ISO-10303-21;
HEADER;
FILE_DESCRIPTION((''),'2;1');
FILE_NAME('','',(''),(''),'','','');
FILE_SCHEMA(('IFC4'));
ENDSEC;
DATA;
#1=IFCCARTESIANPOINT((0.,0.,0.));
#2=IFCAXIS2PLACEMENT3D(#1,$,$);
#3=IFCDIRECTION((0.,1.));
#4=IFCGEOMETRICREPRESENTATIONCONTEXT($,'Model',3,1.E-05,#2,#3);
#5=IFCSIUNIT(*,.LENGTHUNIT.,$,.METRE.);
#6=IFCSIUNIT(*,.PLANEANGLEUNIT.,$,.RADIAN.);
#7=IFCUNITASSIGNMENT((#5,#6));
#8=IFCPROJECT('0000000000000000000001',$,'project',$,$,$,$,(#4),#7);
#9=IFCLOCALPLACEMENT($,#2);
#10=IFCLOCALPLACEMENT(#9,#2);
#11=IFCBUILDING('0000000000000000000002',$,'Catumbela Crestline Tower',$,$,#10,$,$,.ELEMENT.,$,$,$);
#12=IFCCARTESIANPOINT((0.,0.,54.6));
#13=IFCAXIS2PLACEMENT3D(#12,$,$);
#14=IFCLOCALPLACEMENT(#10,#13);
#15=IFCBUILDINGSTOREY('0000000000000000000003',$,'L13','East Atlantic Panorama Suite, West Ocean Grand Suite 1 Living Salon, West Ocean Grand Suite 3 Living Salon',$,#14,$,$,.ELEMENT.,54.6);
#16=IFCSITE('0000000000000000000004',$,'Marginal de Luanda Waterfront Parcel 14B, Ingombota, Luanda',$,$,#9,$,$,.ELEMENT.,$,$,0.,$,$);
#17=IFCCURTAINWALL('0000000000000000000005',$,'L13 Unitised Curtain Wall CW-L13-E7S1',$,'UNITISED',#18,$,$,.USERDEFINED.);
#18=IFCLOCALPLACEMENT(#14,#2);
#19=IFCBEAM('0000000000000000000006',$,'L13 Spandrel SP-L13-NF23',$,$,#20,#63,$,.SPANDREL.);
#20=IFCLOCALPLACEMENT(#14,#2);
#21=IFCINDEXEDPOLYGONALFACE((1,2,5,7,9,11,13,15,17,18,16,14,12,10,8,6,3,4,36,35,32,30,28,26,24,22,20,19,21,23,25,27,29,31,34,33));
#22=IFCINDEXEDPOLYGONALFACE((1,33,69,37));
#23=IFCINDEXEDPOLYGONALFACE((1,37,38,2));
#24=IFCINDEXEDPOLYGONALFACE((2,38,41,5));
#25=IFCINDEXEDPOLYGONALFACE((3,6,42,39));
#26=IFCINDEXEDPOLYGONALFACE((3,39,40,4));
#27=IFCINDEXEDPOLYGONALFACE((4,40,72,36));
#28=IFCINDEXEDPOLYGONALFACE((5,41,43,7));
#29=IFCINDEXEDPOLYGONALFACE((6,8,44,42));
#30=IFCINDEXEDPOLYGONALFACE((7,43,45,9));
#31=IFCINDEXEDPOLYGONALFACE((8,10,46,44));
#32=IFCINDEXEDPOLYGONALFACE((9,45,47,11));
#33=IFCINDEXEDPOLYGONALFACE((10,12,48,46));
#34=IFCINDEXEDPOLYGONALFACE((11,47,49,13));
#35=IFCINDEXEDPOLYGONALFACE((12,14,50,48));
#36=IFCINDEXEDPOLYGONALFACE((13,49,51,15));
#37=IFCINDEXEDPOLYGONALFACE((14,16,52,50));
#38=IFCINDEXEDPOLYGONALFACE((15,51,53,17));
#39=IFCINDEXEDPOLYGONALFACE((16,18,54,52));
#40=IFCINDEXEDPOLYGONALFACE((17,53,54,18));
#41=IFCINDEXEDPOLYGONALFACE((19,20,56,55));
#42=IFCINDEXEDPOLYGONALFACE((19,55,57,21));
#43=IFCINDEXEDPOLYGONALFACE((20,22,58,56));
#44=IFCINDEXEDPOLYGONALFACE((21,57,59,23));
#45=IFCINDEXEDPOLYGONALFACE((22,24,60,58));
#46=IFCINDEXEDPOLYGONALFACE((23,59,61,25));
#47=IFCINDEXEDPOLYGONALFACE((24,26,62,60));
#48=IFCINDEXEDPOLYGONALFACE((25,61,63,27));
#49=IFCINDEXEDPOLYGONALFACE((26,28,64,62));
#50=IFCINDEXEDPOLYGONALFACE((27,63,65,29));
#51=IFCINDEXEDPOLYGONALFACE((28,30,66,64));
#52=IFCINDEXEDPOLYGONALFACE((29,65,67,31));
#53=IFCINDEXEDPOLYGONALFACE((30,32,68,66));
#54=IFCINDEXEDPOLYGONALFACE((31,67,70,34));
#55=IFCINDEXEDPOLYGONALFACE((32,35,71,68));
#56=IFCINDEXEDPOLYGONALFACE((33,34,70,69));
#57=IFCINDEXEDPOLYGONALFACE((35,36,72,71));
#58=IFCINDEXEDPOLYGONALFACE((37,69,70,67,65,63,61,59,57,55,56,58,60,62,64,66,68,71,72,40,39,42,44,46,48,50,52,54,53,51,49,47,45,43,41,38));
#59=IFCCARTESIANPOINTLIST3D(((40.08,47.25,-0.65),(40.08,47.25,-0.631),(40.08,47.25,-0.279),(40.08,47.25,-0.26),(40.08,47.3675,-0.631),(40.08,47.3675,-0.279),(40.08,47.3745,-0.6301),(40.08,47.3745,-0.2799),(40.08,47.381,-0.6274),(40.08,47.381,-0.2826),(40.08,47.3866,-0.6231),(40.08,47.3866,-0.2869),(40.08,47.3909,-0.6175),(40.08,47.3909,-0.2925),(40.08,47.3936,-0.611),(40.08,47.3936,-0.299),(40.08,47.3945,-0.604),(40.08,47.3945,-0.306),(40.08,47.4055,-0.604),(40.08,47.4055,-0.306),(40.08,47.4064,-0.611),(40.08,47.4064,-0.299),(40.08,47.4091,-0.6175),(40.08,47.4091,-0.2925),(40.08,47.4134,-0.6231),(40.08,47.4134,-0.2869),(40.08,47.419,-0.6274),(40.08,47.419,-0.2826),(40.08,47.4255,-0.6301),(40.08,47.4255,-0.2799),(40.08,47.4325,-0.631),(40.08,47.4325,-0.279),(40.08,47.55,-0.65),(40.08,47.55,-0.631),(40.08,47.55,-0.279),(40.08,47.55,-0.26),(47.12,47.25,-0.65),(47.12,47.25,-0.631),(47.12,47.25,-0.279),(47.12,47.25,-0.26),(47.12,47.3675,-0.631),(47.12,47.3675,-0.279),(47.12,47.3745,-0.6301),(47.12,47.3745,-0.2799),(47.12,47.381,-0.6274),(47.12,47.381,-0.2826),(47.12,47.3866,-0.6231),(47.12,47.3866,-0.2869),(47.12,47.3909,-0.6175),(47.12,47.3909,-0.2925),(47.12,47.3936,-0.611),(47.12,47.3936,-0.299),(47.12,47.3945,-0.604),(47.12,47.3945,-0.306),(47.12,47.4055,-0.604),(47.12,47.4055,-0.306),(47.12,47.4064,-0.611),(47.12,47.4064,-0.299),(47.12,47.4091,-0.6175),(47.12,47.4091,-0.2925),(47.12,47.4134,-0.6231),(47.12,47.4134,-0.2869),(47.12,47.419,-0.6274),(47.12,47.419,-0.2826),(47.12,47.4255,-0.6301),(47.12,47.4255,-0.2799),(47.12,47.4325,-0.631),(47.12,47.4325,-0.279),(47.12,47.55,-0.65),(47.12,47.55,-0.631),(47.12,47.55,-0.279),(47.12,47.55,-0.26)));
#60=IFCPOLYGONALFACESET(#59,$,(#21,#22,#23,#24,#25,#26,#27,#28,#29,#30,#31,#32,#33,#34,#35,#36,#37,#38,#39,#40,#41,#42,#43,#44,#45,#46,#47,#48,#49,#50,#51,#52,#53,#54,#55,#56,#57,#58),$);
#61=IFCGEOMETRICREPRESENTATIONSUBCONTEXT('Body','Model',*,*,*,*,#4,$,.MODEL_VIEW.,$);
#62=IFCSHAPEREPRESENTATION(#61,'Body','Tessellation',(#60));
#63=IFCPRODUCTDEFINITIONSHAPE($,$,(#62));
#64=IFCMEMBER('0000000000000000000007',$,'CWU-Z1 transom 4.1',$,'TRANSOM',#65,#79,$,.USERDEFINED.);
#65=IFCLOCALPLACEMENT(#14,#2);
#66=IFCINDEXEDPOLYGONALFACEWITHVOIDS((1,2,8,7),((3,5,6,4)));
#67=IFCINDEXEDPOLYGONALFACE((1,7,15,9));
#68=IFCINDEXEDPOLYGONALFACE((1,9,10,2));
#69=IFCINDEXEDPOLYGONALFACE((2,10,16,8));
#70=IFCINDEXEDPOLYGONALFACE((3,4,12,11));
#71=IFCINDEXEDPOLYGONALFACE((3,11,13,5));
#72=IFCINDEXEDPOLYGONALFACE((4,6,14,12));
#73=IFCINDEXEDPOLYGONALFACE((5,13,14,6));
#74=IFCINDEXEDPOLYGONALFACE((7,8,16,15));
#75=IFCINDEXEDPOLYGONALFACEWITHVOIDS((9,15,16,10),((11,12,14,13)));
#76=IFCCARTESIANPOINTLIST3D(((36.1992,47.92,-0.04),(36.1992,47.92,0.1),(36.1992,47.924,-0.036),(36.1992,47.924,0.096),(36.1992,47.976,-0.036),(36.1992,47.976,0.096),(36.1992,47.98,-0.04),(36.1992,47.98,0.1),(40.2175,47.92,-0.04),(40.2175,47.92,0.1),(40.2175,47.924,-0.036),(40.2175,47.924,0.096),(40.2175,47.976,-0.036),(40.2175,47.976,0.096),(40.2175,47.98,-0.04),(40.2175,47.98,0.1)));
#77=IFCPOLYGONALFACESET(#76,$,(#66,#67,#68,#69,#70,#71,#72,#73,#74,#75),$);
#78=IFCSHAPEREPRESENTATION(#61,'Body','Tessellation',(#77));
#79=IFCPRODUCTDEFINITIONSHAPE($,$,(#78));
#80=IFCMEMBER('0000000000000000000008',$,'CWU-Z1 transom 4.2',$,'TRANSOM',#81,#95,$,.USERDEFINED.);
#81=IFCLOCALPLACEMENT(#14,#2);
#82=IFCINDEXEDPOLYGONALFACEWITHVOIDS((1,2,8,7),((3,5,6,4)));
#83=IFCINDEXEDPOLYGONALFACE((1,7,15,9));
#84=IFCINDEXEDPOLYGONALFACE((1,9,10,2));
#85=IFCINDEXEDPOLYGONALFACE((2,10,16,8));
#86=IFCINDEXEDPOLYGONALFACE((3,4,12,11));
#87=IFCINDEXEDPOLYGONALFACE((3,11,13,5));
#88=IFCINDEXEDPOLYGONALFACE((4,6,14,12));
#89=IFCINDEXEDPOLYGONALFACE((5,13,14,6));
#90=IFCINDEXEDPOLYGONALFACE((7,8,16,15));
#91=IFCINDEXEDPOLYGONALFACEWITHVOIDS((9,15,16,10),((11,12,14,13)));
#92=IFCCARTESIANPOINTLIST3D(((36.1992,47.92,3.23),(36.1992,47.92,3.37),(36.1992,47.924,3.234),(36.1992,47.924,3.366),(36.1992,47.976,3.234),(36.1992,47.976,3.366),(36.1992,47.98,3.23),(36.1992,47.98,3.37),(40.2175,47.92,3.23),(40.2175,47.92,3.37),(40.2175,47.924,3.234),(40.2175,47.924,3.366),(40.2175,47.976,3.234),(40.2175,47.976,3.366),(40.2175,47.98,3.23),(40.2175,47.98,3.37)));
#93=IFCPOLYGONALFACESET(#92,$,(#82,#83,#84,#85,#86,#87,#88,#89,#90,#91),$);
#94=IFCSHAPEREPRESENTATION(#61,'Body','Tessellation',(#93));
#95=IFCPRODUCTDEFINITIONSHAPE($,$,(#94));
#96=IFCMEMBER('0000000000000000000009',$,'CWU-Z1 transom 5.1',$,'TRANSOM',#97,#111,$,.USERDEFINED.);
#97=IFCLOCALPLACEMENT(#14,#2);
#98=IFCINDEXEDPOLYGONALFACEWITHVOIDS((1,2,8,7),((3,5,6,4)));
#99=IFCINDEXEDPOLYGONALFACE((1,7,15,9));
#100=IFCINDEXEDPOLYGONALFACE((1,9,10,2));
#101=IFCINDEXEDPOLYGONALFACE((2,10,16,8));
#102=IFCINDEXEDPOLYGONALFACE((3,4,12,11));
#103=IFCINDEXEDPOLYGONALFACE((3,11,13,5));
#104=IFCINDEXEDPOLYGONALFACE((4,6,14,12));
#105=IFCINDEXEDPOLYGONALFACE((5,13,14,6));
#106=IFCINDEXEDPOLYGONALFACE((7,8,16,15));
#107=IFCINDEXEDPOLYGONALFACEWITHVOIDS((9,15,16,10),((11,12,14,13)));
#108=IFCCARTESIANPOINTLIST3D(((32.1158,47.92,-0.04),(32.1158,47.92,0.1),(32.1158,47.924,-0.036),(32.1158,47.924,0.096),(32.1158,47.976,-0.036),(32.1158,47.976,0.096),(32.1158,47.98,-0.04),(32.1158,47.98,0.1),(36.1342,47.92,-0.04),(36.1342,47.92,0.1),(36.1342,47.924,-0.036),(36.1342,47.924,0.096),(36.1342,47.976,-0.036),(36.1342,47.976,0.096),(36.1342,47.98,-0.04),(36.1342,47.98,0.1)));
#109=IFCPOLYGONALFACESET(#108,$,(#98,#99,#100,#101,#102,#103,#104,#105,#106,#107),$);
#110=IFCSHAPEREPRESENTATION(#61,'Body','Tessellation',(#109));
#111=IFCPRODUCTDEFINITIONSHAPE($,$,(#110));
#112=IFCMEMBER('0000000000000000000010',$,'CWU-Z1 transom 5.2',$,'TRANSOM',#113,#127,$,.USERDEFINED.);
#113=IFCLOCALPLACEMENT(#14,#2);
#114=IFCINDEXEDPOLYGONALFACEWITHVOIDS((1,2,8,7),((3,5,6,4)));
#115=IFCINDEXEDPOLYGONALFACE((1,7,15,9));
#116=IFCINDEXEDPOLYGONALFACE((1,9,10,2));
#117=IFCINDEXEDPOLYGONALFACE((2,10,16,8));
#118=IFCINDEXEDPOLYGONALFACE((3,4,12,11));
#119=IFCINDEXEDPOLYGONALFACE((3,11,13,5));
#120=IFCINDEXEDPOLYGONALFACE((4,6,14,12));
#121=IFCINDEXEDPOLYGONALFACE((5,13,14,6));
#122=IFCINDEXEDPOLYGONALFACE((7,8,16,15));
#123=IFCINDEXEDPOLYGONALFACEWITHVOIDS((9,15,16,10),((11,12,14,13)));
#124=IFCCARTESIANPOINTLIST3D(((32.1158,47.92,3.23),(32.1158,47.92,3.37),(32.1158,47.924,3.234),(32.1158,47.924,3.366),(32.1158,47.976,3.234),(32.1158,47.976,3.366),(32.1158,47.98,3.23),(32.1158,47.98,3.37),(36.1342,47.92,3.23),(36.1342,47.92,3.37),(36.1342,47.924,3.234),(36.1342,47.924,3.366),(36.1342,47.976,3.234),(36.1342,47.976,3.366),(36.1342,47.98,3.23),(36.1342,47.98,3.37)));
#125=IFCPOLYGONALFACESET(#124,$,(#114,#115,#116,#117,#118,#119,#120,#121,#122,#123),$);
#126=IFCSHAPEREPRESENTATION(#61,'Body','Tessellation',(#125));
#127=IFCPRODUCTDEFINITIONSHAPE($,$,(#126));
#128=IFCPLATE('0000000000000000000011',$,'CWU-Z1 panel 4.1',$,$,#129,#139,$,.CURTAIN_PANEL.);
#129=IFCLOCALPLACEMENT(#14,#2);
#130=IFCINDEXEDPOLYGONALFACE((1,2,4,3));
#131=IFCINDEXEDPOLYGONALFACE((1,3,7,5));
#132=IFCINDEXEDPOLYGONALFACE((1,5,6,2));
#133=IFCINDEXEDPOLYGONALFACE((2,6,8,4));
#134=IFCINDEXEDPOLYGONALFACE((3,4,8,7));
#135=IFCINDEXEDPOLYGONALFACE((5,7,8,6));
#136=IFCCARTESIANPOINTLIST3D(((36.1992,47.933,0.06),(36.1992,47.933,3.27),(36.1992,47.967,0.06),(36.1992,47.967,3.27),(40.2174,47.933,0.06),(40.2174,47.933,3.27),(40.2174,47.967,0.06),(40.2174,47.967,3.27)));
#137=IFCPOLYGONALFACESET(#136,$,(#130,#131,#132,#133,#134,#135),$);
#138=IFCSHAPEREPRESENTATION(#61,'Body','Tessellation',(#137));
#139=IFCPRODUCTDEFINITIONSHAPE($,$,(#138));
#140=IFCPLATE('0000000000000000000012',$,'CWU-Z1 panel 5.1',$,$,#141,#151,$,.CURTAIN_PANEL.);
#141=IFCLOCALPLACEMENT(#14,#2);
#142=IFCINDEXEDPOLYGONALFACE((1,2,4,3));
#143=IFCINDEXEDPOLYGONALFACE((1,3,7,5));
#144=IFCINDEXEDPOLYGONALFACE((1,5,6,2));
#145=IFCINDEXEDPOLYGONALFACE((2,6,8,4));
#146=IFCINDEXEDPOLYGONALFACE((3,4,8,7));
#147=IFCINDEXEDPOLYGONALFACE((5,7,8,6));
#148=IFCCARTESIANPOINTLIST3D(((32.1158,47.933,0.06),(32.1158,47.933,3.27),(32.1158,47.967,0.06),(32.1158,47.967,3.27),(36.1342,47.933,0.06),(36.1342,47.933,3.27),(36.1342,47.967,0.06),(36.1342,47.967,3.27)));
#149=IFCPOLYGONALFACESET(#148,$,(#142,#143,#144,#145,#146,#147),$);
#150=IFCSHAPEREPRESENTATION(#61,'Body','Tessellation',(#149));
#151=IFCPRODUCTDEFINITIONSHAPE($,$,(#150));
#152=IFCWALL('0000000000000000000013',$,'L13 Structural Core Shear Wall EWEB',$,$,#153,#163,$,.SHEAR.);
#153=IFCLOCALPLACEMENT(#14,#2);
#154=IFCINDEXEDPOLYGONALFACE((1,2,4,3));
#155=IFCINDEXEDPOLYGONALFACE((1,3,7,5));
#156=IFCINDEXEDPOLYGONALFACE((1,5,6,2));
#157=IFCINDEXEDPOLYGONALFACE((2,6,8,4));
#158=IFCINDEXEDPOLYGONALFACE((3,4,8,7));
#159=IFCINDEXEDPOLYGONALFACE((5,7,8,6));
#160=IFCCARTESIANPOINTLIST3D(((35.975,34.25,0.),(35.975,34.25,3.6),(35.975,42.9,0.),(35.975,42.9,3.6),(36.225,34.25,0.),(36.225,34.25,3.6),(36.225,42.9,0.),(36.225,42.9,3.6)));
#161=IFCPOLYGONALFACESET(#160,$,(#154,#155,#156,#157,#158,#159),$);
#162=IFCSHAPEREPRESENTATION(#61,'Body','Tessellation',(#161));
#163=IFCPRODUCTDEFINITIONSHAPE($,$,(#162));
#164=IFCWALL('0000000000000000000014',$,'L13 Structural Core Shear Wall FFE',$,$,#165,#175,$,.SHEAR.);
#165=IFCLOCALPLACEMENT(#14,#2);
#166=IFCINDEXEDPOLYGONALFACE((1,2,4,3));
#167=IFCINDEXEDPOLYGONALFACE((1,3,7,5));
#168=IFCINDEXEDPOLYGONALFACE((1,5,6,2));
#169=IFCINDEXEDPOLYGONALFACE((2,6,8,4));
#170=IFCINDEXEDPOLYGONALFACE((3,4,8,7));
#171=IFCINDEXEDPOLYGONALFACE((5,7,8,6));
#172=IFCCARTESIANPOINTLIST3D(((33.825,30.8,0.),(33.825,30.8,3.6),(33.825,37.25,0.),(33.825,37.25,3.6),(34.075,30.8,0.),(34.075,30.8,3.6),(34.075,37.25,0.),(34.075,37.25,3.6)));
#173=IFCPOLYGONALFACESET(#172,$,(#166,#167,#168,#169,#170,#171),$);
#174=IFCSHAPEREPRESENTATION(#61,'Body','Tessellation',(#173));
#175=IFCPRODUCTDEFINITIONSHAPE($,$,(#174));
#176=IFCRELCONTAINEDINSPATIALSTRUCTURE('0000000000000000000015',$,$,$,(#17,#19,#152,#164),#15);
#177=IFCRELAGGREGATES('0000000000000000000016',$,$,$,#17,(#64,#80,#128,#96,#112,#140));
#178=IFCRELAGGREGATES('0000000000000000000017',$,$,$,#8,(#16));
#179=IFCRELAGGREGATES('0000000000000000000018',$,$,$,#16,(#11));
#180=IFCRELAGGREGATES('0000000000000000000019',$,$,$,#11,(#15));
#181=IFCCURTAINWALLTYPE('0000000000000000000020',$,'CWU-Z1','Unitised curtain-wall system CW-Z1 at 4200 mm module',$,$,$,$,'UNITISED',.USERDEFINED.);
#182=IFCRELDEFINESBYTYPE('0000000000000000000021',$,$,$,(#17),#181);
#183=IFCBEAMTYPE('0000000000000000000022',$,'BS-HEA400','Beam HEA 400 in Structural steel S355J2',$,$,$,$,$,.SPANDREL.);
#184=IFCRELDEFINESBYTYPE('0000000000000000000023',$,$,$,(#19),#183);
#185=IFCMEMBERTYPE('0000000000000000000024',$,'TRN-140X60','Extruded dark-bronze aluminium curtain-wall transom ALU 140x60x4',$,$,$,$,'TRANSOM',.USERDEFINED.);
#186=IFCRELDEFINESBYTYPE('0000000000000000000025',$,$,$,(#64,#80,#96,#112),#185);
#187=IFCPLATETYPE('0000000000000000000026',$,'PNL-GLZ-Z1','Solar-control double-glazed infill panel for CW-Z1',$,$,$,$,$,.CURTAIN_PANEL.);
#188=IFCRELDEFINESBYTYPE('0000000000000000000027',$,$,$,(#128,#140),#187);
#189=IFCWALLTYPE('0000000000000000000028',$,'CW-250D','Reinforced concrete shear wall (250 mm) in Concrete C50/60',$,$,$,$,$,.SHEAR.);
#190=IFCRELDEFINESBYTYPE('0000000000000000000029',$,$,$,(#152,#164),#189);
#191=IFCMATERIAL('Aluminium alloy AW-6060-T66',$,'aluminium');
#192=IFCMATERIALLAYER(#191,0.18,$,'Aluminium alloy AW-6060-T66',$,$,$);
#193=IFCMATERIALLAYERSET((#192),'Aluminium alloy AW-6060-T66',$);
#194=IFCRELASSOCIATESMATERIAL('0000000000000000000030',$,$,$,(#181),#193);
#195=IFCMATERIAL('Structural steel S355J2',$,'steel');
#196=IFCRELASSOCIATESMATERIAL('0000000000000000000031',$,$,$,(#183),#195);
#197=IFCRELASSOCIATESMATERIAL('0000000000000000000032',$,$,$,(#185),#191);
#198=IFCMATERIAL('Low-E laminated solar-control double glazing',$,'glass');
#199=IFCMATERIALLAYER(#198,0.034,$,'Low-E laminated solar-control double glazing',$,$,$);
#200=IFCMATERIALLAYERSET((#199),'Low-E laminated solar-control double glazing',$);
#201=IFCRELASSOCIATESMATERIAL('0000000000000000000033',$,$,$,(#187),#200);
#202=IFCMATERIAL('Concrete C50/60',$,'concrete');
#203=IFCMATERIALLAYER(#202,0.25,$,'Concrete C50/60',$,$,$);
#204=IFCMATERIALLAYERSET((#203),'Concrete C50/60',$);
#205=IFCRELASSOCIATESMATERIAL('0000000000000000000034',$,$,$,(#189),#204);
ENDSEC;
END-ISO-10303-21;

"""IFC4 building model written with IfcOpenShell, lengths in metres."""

from ifc_helpers import new_model, si_unit, direction, frame, frame_2d, origin, origin_2d, place, context, subcontext, project, spatial, rectangle, hollow_rectangle, i_section, extrude, material, layer, layer_set, material_profile, profile_set, type_object, element, aggregate, save


model = new_model("IFC4")

# Units and contexts
model_context = context("Model", 3, precision=1e-05, world=origin(), true_north=direction((0.0, 1.0)))
body_context = subcontext(model_context, "Body", "Model", "MODEL_VIEW")
ifc_project = project(units=[si_unit("LENGTHUNIT", "METRE"), si_unit("PLANEANGLEUNIT", "RADIAN")], contexts=[model_context])

# Site, building, storey
site_placement = place(None, origin())
site = spatial("IfcSite", under=ifc_project, at=site_placement, Name="Marginal de Luanda Waterfront Parcel 14B, Ingombota, Luanda", CompositionType="ELEMENT", RefElevation=0.0)
building_placement = place(site_placement, origin())
building = spatial("IfcBuilding", under=site, at=building_placement, Name="Catumbela Crestline Tower", CompositionType="ELEMENT")
storey_placement = place(building_placement, frame((0.0, 0.0, 54.6)))
storey = spatial("IfcBuildingStorey", under=building, at=storey_placement, Name="L13", Description="East Atlantic Panorama Suite, West Ocean Grand Suite 1 Living Salon, West Ocean Grand Suite 3 Living Salon", CompositionType="ELEMENT", Elevation=54.6)

# Shared definitions
ifc_material_1 = material(Name="Structural steel S355J2", Category="steel")

# Curtain wall
ifc_material_2 = material(Name="Aluminium alloy AW-6060-T66", Category="aluminium")
ifc_layer_1 = layer(ifc_material_2, 0.18, Name="Aluminium alloy AW-6060-T66")
ifc_layer_set_1 = layer_set([ifc_layer_1], Name="Aluminium alloy AW-6060-T66")
curtain_wall_type = type_object("IfcCurtainWallType", Name="CWU-Z1", Description="Unitised curtain-wall system CW-Z1 at 4200 mm module", ElementType="UNITISED", PredefinedType="USERDEFINED", material=ifc_layer_set_1)
curtain_wall_placement = place(storey_placement, origin())
curtain_wall = element("IfcCurtainWall", 1, at=curtain_wall_placement, inside=storey, type_object=curtain_wall_type, Name="L13 Unitised Curtain Wall CW-L13-E7S1", ObjectType="UNITISED", PredefinedType="USERDEFINED")

# Beam
ifc_material_profile_1 = material_profile(ifc_material_1, i_section(OverallWidth=0.3, OverallDepth=0.39, WebThickness=0.011, FlangeThickness=0.019, FilletRadius=0.027, at=origin_2d()), Name="HEA 400")
ifc_profile_set_1 = profile_set([ifc_material_profile_1], Name="Structural steel S355J2")
beam_type_1 = type_object("IfcBeamType", Name="BS-HEA400", Description="Beam HEA 400 in Structural steel S355J2", PredefinedType="SPANDREL", material=ifc_profile_set_1)
beam_1_placement = place(storey_placement, frame((40.08, 47.4, -0.455), z_axis=(1.0, 0.0, 0.0), x_axis=(0.0, 1.0, 0.0)))
element("IfcBeam", 2, at=beam_1_placement, inside=storey, type_object=beam_type_1, Name="L13 Spandrel SP-L13-NF23", PredefinedType="SPANDREL", context=body_context, shape_type="SweptSolid", body=[
    extrude(i_section(OverallWidth=0.3, OverallDepth=0.39, WebThickness=0.011, FlangeThickness=0.019, FilletRadius=0.027, at=origin_2d()), origin(), (0.0, 0.0, 1.0), 7.04),
])

# Members
ifc_material_profile_2 = material_profile(ifc_material_2, hollow_rectangle(XDim=0.06, YDim=0.14, WallThickness=0.004, at=origin_2d()), Name="ALU 140x60x4")
ifc_profile_set_2 = profile_set([ifc_material_profile_2], Name="Aluminium alloy AW-6060-T66")
member_type_1 = type_object("IfcMemberType", Name="TRN-140X60", Description="Extruded dark-bronze aluminium curtain-wall transom ALU 140x60x4", ElementType="TRANSOM", PredefinedType="USERDEFINED", material=ifc_profile_set_2)
member_1_placement = place(storey_placement, frame((40.2175, 47.95, 0.03), z_axis=(-1.0, 0.0, 0.0), x_axis=(0.0, -1.0, 0.0)))
member_1 = element("IfcMember", 3, at=member_1_placement, type_object=member_type_1, Name="CWU-Z1 transom 4.1", ObjectType="TRANSOM", PredefinedType="USERDEFINED", context=body_context, shape_type="SweptSolid", body=[
    extrude(hollow_rectangle(XDim=0.06, YDim=0.14, WallThickness=0.004, at=origin_2d()), origin(), (0.0, 0.0, 1.0), 4.0183),
])
member_2_placement = place(storey_placement, frame((40.2175, 47.95, 3.3), z_axis=(-1.0, 0.0, 0.0), x_axis=(0.0, -1.0, 0.0)))
member_2 = element("IfcMember", 4, at=member_2_placement, type_object=member_type_1, Name="CWU-Z1 transom 4.2", ObjectType="TRANSOM", PredefinedType="USERDEFINED", context=body_context, shape_type="SweptSolid", body=[
    extrude(hollow_rectangle(XDim=0.06, YDim=0.14, WallThickness=0.004, at=origin_2d()), origin(), (0.0, 0.0, 1.0), 4.0183),
])
member_3_placement = place(storey_placement, frame((36.1342, 47.95, 0.03), z_axis=(-1.0, 0.0, 0.0), x_axis=(0.0, -1.0, 0.0)))
member_3 = element("IfcMember", 5, at=member_3_placement, type_object=member_type_1, Name="CWU-Z1 transom 5.1", ObjectType="TRANSOM", PredefinedType="USERDEFINED", context=body_context, shape_type="SweptSolid", body=[
    extrude(hollow_rectangle(XDim=0.06, YDim=0.14, WallThickness=0.004, at=origin_2d()), origin(), (0.0, 0.0, 1.0), 4.0184),
])
member_4_placement = place(storey_placement, frame((36.1342, 47.95, 3.3), z_axis=(-1.0, 0.0, 0.0), x_axis=(0.0, -1.0, 0.0)))
member_4 = element("IfcMember", 6, at=member_4_placement, type_object=member_type_1, Name="CWU-Z1 transom 5.2", ObjectType="TRANSOM", PredefinedType="USERDEFINED", context=body_context, shape_type="SweptSolid", body=[
    extrude(hollow_rectangle(XDim=0.06, YDim=0.14, WallThickness=0.004, at=origin_2d()), origin(), (0.0, 0.0, 1.0), 4.0184),
])

# Plates
ifc_material_3 = material(Name="Low-E laminated solar-control double glazing", Category="glass")
ifc_layer_2 = layer(ifc_material_3, 0.034, Name="Low-E laminated solar-control double glazing")
ifc_layer_set_2 = layer_set([ifc_layer_2], Name="Low-E laminated solar-control double glazing")
plate_type = type_object("IfcPlateType", Name="PNL-GLZ-Z1", Description="Solar-control double-glazed infill panel for CW-Z1", PredefinedType="CURTAIN_PANEL", material=ifc_layer_set_2)
plate_1_placement = place(storey_placement, frame((38.2083, 47.95, 0.06), z_axis=(0.0, 0.0, 1.0), x_axis=(-1.0, 0.0, 0.0)))
plate_1 = element("IfcPlate", 7, at=plate_1_placement, type_object=plate_type, Name="CWU-Z1 panel 4.1", PredefinedType="CURTAIN_PANEL", context=body_context, shape_type="SweptSolid", body=[
    extrude(rectangle(XDim=4.0183, YDim=0.034, at=origin_2d()), origin(), (0.0, 0.0, 1.0), 3.21),
])
plate_2_placement = place(storey_placement, frame((34.125, 47.95, 0.06), z_axis=(0.0, 0.0, 1.0), x_axis=(-1.0, 0.0, 0.0)))
plate_2 = element("IfcPlate", 8, at=plate_2_placement, type_object=plate_type, Name="CWU-Z1 panel 5.1", PredefinedType="CURTAIN_PANEL", context=body_context, shape_type="SweptSolid", body=[
    extrude(rectangle(XDim=4.0183, YDim=0.034, at=origin_2d()), origin(), (0.0, 0.0, 1.0), 3.21),
])
aggregate(curtain_wall, [member_1, member_2, plate_1, member_3, member_4, plate_2])

# Walls
ifc_material_4 = material(Name="Concrete C50/60", Category="concrete")
ifc_layer_3 = layer(ifc_material_4, 0.25, Name="Concrete C50/60")
ifc_layer_set_3 = layer_set([ifc_layer_3], Name="Concrete C50/60")
wall_type_1 = type_object("IfcWallType", Name="CW-250D", Description="Reinforced concrete shear wall (250 mm) in Concrete C50/60", PredefinedType="SHEAR", material=ifc_layer_set_3)
wall_1_placement = place(storey_placement, frame((36.1, 34.25, 0.0), z_axis=(0.0, 0.0, 1.0), x_axis=(0.0, 1.0, 0.0)))
element("IfcWall", 9, at=wall_1_placement, inside=storey, type_object=wall_type_1, Name="L13 Structural Core Shear Wall EWEB", PredefinedType="SHEAR", context=body_context, shape_type="SweptSolid", body=[
    extrude(rectangle(XDim=8.65, YDim=0.25, at=frame_2d((4.325, 0.0))), origin(), (0.0, 0.0, 1.0), 3.6),
])
wall_2_placement = place(storey_placement, frame((33.95, 30.8, 0.0), z_axis=(0.0, 0.0, 1.0), x_axis=(0.0, 1.0, 0.0)))
element("IfcWall", 10, at=wall_2_placement, inside=storey, type_object=wall_type_1, Name="L13 Structural Core Shear Wall FFE", PredefinedType="SHEAR", context=body_context, shape_type="SweptSolid", body=[
    extrude(rectangle(XDim=6.45, YDim=0.25, at=frame_2d((3.225, 0.0))), origin(), (0.0, 0.0, 1.0), 3.6),
])

save(model, "model.ifc")
